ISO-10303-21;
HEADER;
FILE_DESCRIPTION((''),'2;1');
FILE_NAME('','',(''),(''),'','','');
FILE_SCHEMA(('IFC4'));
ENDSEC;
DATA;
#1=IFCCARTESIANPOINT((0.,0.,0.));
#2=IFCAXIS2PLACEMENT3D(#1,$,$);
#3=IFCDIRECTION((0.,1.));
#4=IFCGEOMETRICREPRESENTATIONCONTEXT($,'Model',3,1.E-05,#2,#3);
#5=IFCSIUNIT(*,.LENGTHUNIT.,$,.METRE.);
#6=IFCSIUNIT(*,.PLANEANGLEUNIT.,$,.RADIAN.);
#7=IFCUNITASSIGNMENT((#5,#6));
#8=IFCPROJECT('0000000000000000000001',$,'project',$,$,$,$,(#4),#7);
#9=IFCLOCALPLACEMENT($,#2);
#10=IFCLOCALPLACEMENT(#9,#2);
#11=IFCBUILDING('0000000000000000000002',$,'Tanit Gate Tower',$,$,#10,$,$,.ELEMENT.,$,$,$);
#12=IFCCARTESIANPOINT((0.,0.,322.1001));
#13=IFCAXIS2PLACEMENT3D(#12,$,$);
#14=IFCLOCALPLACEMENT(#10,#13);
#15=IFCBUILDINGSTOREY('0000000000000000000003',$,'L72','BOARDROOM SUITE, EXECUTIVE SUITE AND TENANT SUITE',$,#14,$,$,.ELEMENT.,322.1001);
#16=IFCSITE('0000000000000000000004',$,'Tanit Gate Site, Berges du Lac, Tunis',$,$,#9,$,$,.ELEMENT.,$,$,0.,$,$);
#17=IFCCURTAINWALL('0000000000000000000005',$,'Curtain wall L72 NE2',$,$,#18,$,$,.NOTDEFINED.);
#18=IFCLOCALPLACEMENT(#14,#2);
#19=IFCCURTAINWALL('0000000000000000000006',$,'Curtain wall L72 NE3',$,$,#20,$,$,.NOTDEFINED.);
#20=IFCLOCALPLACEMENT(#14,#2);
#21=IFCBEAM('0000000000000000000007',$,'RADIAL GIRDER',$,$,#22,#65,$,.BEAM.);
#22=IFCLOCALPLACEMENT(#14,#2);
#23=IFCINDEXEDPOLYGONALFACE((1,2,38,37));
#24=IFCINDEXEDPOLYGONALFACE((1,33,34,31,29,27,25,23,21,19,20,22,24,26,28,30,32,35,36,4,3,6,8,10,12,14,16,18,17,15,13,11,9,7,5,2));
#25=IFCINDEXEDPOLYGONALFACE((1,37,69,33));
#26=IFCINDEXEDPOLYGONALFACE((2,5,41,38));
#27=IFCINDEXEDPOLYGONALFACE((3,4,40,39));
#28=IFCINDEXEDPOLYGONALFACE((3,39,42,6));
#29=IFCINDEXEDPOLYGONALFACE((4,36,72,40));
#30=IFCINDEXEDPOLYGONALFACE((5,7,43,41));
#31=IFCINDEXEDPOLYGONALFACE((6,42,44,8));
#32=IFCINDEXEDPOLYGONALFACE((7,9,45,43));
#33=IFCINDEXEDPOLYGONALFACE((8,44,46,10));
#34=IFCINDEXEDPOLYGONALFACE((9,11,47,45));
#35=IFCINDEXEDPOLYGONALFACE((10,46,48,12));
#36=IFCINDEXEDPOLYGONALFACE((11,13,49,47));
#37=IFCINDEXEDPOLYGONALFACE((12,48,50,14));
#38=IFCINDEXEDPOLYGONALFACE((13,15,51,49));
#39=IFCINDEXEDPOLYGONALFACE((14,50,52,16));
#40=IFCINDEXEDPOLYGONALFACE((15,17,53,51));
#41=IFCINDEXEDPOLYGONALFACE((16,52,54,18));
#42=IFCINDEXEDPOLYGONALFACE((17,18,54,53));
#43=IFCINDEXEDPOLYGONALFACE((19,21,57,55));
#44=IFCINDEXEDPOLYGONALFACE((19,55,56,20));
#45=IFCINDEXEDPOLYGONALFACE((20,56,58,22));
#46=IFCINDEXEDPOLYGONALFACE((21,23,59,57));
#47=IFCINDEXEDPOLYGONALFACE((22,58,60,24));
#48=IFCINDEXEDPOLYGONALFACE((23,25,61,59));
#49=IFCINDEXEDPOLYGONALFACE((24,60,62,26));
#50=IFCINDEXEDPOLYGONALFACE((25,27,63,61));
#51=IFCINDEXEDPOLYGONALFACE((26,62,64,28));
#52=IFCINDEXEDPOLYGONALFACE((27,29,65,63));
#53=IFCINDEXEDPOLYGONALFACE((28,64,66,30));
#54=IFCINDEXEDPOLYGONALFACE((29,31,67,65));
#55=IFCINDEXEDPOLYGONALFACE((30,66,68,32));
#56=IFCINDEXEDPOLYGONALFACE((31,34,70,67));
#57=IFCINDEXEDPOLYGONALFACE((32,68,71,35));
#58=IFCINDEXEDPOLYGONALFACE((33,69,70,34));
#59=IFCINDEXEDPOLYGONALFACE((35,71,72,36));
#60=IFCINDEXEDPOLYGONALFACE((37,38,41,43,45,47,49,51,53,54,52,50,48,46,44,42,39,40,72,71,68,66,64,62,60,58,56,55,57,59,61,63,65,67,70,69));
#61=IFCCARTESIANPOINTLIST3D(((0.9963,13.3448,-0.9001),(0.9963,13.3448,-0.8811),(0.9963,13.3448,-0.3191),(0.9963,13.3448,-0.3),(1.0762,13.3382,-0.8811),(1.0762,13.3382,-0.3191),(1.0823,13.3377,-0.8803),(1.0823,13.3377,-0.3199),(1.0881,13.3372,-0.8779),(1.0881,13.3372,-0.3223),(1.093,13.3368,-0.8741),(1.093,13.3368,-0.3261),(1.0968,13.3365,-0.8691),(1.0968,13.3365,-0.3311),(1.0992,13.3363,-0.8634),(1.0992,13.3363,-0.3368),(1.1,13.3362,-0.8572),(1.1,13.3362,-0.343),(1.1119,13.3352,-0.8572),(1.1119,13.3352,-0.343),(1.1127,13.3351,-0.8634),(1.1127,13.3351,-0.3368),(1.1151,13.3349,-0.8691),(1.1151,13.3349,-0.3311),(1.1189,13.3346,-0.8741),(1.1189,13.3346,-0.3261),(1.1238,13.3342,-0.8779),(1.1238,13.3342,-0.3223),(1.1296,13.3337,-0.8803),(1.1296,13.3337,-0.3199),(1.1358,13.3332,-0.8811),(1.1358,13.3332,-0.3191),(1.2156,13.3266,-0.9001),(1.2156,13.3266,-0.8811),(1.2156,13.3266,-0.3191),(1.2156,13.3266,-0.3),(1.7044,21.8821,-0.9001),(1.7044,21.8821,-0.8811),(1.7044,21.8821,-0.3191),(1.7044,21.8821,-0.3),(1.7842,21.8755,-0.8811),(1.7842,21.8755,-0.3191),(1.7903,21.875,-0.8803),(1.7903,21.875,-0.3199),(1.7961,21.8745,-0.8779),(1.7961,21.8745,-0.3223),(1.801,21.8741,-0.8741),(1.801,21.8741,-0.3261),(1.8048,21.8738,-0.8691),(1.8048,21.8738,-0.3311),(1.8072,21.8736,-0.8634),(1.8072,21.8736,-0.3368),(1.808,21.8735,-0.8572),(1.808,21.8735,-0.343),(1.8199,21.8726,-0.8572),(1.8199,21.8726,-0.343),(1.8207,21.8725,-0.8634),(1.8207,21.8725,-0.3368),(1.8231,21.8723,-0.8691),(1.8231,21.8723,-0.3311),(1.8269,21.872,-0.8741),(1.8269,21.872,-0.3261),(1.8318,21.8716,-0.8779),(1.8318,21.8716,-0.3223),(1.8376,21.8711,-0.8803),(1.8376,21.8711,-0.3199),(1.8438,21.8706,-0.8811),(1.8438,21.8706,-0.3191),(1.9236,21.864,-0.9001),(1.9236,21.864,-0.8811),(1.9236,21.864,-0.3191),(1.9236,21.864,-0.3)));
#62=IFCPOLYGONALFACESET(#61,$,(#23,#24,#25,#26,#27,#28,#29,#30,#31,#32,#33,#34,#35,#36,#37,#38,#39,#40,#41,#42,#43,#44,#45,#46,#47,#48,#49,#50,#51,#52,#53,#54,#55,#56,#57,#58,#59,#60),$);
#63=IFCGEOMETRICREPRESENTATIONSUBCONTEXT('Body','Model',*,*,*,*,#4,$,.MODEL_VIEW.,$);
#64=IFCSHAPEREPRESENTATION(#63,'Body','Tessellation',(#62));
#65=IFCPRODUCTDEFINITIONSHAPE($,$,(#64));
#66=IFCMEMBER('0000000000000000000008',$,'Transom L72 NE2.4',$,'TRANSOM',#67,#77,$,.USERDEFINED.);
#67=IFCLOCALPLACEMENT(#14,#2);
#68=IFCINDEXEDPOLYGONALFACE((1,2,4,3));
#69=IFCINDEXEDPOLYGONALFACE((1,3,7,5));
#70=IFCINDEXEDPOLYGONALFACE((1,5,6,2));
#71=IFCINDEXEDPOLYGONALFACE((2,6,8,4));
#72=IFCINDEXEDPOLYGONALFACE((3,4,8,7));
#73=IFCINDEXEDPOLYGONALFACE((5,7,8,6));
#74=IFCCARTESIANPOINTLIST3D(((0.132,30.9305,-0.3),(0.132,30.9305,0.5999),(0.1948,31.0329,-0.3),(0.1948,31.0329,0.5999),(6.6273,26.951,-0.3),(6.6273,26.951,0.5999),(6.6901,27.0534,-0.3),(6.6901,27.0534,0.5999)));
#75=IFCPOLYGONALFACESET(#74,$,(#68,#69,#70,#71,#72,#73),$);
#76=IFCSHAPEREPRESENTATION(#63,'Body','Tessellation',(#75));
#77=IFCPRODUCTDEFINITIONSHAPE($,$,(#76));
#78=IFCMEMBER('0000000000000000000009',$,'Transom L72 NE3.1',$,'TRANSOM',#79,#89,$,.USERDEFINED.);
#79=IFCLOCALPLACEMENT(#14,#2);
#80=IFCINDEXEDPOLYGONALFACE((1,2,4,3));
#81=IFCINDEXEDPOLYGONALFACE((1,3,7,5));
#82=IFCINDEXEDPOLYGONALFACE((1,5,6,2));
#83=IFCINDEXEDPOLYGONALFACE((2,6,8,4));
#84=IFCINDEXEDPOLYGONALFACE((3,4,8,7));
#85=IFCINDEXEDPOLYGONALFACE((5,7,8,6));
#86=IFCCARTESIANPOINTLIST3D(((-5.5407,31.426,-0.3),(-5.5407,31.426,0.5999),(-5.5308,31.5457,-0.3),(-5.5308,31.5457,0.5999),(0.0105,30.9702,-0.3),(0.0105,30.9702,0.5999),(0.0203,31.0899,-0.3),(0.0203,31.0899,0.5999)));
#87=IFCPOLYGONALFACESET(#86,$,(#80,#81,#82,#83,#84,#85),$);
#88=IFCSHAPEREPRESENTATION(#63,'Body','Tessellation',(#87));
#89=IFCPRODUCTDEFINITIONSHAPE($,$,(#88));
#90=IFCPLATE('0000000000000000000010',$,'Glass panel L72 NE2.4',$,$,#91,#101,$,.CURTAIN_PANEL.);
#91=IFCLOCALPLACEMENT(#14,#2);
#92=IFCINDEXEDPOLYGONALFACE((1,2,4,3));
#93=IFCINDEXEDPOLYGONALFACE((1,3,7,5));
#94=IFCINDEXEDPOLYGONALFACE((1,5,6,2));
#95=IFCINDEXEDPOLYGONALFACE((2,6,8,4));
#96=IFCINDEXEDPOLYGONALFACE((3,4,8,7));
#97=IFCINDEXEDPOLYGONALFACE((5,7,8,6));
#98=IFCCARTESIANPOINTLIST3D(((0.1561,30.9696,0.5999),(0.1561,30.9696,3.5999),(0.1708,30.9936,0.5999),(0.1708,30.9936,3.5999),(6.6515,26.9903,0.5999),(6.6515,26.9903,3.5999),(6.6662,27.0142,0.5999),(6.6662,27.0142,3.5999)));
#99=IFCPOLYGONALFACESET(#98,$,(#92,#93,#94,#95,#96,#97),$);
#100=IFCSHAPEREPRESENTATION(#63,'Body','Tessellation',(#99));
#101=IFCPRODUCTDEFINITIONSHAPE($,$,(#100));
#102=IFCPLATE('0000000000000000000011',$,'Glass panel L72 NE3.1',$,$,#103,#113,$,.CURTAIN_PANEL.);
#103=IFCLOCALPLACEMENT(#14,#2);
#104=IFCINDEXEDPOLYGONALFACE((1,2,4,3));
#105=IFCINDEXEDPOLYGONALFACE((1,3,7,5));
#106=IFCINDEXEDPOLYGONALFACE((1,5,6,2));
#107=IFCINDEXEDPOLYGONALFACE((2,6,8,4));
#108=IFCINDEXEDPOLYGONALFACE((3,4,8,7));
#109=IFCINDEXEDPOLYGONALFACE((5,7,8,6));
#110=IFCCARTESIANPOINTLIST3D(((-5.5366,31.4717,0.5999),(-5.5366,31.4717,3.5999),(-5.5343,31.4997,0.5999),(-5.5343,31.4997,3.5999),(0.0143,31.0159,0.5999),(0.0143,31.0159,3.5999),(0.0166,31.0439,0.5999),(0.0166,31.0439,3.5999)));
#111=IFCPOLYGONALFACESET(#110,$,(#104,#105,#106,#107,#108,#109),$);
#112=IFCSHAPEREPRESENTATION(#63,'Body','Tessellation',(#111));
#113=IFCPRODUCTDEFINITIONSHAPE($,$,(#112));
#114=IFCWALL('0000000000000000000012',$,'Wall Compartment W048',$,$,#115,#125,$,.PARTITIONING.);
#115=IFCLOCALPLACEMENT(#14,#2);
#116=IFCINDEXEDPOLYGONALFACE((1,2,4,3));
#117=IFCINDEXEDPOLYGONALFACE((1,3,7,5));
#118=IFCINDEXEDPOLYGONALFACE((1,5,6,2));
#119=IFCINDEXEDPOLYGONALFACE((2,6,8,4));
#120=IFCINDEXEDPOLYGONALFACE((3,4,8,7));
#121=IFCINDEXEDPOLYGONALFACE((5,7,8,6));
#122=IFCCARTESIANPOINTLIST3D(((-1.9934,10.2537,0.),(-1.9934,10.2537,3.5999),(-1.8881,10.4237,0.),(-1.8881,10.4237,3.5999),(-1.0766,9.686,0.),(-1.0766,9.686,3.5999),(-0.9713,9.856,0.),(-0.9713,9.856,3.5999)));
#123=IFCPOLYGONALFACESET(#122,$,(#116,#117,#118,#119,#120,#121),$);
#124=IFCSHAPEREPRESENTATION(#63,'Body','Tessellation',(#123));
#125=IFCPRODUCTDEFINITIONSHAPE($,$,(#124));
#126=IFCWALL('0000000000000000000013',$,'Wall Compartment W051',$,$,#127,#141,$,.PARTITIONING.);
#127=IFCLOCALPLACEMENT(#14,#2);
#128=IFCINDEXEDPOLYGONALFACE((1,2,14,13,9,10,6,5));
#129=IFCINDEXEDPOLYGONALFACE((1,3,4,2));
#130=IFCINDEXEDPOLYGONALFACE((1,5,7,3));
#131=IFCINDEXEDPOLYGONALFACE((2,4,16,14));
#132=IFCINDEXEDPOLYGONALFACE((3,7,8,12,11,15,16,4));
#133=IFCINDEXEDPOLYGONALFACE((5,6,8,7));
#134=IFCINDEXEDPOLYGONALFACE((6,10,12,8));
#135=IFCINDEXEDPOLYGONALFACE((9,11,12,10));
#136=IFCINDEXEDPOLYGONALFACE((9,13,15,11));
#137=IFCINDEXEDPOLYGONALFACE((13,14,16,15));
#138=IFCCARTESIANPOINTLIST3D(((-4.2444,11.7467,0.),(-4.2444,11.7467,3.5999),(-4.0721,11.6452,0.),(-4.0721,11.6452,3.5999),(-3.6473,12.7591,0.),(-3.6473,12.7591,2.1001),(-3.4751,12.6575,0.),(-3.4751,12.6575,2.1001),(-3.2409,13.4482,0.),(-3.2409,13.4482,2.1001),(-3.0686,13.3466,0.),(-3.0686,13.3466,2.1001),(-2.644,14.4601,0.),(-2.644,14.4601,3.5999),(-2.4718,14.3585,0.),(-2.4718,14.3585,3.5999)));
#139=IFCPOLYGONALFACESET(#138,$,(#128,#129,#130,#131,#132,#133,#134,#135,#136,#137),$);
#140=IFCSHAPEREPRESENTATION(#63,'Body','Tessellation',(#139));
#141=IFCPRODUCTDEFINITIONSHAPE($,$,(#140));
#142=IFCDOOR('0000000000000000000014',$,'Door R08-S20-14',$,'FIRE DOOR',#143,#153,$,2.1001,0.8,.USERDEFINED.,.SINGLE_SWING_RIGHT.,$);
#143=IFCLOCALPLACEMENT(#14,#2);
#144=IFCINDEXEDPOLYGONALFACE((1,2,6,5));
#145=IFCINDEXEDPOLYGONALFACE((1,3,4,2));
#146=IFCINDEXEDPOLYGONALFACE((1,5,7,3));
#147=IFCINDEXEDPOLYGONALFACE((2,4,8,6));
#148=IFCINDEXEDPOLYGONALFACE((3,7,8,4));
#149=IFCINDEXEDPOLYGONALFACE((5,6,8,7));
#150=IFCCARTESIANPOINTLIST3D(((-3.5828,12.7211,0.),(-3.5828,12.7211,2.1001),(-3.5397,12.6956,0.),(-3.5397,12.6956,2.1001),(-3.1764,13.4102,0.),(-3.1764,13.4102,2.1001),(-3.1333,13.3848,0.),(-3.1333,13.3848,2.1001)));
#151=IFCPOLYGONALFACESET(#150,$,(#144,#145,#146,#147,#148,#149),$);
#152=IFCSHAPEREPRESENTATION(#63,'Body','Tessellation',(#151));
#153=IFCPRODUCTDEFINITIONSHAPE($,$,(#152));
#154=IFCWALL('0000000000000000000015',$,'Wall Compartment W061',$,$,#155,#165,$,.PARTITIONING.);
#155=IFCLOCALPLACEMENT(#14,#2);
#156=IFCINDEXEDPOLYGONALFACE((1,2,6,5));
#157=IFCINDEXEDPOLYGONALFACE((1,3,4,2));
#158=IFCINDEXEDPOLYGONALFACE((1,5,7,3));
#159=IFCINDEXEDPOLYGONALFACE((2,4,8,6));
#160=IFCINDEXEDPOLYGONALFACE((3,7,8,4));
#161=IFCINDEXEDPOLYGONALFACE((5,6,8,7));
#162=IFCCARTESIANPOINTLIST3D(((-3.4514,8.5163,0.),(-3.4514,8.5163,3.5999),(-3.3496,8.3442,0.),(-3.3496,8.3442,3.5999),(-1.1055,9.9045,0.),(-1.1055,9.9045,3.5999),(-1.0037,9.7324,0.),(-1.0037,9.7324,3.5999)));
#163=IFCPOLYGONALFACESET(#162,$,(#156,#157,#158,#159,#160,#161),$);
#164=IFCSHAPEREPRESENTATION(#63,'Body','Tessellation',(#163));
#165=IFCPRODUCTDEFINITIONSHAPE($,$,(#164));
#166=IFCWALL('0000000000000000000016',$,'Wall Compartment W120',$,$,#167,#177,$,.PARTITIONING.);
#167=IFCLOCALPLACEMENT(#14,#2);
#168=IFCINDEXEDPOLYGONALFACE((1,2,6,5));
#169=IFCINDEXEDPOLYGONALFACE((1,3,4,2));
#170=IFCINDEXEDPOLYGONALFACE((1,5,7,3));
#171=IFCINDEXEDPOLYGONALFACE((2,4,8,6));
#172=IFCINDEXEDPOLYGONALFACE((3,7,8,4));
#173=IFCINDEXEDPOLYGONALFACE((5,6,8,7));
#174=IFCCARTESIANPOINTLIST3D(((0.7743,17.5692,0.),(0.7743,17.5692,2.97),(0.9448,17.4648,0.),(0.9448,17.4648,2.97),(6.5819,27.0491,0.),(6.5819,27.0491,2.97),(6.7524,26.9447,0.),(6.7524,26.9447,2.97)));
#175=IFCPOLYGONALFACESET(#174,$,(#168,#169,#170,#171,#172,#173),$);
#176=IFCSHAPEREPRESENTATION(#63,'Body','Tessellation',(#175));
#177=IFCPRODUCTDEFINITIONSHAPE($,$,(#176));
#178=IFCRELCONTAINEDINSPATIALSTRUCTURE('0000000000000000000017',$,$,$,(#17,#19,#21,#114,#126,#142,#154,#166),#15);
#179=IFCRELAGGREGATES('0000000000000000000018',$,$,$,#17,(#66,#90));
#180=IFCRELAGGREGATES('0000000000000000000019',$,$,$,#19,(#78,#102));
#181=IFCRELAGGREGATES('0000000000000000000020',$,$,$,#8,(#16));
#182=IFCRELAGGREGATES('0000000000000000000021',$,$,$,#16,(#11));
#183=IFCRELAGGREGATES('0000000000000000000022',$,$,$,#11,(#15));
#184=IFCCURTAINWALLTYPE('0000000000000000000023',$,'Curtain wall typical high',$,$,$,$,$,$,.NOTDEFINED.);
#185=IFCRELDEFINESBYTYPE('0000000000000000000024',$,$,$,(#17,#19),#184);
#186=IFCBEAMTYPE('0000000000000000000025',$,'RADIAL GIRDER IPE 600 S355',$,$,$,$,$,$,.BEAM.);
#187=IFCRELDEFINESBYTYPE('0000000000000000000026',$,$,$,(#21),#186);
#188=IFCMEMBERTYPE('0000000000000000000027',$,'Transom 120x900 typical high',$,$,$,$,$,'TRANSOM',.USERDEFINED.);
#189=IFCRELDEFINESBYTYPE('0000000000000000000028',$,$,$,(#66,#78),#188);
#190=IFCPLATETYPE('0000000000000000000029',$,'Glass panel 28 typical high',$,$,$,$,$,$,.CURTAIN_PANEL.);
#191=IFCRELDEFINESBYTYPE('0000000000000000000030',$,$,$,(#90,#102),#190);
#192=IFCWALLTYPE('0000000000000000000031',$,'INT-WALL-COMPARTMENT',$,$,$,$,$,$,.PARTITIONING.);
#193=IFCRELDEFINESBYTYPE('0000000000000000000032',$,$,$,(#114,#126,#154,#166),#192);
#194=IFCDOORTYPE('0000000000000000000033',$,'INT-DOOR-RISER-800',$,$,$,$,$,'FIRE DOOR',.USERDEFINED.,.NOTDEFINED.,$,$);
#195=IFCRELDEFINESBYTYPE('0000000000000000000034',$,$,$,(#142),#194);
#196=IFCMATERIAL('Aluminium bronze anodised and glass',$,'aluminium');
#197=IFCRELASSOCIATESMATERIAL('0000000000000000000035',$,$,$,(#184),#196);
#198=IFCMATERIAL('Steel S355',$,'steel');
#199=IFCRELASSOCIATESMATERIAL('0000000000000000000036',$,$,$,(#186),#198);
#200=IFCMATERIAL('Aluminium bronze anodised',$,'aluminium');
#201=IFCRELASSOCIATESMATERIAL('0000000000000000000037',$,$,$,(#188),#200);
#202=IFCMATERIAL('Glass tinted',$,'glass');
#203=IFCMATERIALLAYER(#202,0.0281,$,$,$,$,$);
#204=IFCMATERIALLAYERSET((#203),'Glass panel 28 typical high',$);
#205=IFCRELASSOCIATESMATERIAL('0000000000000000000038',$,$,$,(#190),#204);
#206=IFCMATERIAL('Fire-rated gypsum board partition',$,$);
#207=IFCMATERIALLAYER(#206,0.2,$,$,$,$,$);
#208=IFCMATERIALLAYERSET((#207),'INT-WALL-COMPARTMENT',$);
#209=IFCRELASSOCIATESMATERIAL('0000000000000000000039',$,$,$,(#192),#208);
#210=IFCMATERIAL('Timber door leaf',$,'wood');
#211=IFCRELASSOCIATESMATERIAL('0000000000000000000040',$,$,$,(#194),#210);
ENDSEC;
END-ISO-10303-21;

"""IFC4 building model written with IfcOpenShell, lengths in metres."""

from ifc_helpers import new_model, si_unit, direction, frame, frame_2d, origin, origin_2d, place, context, subcontext, project, spatial, rectangle, i_section, extrude, material, layer, layer_set, material_profile, profile_set, type_object, element, fill, aggregate, save


model = new_model("IFC4")

# Units and contexts
model_context = context("Model", 3, precision=1e-05, world=origin(), true_north=direction((0.0, 1.0)))
body_context = subcontext(model_context, "Body", "Model", "MODEL_VIEW")
ifc_project = project(units=[si_unit("LENGTHUNIT", "METRE"), si_unit("PLANEANGLEUNIT", "RADIAN")], contexts=[model_context])

# Site, building, storey
site_placement = place(None, origin())
site = spatial("IfcSite", under=ifc_project, at=site_placement, Name="Tanit Gate Site, Berges du Lac, Tunis", CompositionType="ELEMENT", RefElevation=0.0)
building_placement = place(site_placement, origin())
building = spatial("IfcBuilding", under=site, at=building_placement, Name="Tanit Gate Tower", CompositionType="ELEMENT")
storey_placement = place(building_placement, frame((0.0, 0.0, 322.1001)))
storey = spatial("IfcBuildingStorey", under=building, at=storey_placement, Name="L72", Description="BOARDROOM SUITE, EXECUTIVE SUITE AND TENANT SUITE", CompositionType="ELEMENT", Elevation=322.1001)

# Curtain walls
ifc_material_1 = material(Name="Aluminium bronze anodised and glass", Category="aluminium")
curtain_wall_type = type_object("IfcCurtainWallType", Name="Curtain wall typical high", PredefinedType="NOTDEFINED", material=ifc_material_1)
curtain_wall_1_placement = place(storey_placement, origin())
curtain_wall_1 = element("IfcCurtainWall", 1, at=curtain_wall_1_placement, inside=storey, type_object=curtain_wall_type, Name="Curtain wall L72 NE2", PredefinedType="NOTDEFINED")
curtain_wall_2_placement = place(storey_placement, origin())
curtain_wall_2 = element("IfcCurtainWall", 2, at=curtain_wall_2_placement, inside=storey, type_object=curtain_wall_type, Name="Curtain wall L72 NE3", PredefinedType="NOTDEFINED")

# Beam
ifc_material_2 = material(Name="Steel S355", Category="steel")
ifc_material_profile_1 = material_profile(ifc_material_2, i_section(OverallWidth=0.22, OverallDepth=0.6001, WebThickness=0.012, FlangeThickness=0.019, FilletRadius=0.0239, at=origin_2d()), Name="IPE 600")
ifc_profile_set_1 = profile_set([ifc_material_profile_1], Name="Steel S355")
beam_type_1 = type_object("IfcBeamType", Name="RADIAL GIRDER IPE 600 S355", PredefinedType="BEAM", material=ifc_profile_set_1)
beam_1_placement = place(storey_placement, frame((1.814, 21.873, -0.6001), z_axis=(-0.082647, -0.996579, 0.0), x_axis=(0.996579, -0.082647, 0.0)))
element("IfcBeam", 3, at=beam_1_placement, inside=storey, type_object=beam_type_1, Name="RADIAL GIRDER", PredefinedType="BEAM", context=body_context, shape_type="SweptSolid", body=[
    extrude(i_section(OverallWidth=0.22, OverallDepth=0.6001, WebThickness=0.012, FlangeThickness=0.019, FilletRadius=0.0239, at=origin_2d()), origin(), (0.0, 0.0, 1.0), 8.5667),
])

# Members
ifc_material_3 = material(Name="Aluminium bronze anodised", Category="aluminium")
ifc_material_profile_2 = material_profile(ifc_material_3, rectangle(XDim=0.1201, YDim=0.8999, at=origin_2d()), Name="120x900 bronze transom")
ifc_profile_set_2 = profile_set([ifc_material_profile_2], Name="Aluminium bronze anodised")
member_type_1 = type_object("IfcMemberType", Name="Transom 120x900 typical high", ElementType="TRANSOM", PredefinedType="USERDEFINED", material=ifc_profile_set_2)
member_1_placement = place(storey_placement, frame((6.6587, 27.0022, 0.1499), z_axis=(-0.852691, 0.522415, 0.0), x_axis=(-0.522415, -0.852691, 0.0)))
member_1 = element("IfcMember", 4, at=member_1_placement, type_object=member_type_1, Name="Transom L72 NE2.4", ObjectType="TRANSOM", PredefinedType="USERDEFINED", context=body_context, shape_type="SweptSolid", body=[
    extrude(rectangle(XDim=0.1201, YDim=0.8999, at=origin_2d()), origin(), (0.0, 0.0, 1.0), 7.6174),
])
member_2_placement = place(storey_placement, frame((0.0154, 31.03, 0.1499), z_axis=(-0.996646, 0.081837, 0.0), x_axis=(-0.081837, -0.996646, 0.0)))
member_2 = element("IfcMember", 5, at=member_2_placement, type_object=member_type_1, Name="Transom L72 NE3.1", ObjectType="TRANSOM", PredefinedType="USERDEFINED", context=body_context, shape_type="SweptSolid", body=[
    extrude(rectangle(XDim=0.1201, YDim=0.8999, at=origin_2d()), origin(), (0.0, 0.0, 1.0), 5.5698),
])

# Plates
ifc_material_4 = material(Name="Glass tinted", Category="glass")
ifc_layer_1 = layer(ifc_material_4, 0.0281)
ifc_layer_set_1 = layer_set([ifc_layer_1], Name="Glass panel 28 typical high")
plate_type = type_object("IfcPlateType", Name="Glass panel 28 typical high", PredefinedType="CURTAIN_PANEL", material=ifc_layer_set_1)
plate_1_placement = place(storey_placement, frame((3.4111, 28.9919, 0.5999), z_axis=(0.0, 0.0, 1.0), x_axis=(-0.8527, 0.522401, 0.0)))
plate_1 = element("IfcPlate", 6, at=plate_1_placement, type_object=plate_type, Name="Glass panel L72 NE2.4", PredefinedType="CURTAIN_PANEL", context=body_context, shape_type="SweptSolid", body=[
    extrude(rectangle(XDim=7.6174, YDim=0.0281, at=origin_2d()), origin(), (0.0, 0.0, 1.0), 3.0),
])
aggregate(curtain_wall_1, [member_1, plate_1])
plate_2_placement = place(storey_placement, frame((-2.76, 31.2578, 0.5999), z_axis=(0.0, 0.0, 1.0), x_axis=(-0.996646, 0.08183, 0.0)))
plate_2 = element("IfcPlate", 7, at=plate_2_placement, type_object=plate_type, Name="Glass panel L72 NE3.1", PredefinedType="CURTAIN_PANEL", context=body_context, shape_type="SweptSolid", body=[
    extrude(rectangle(XDim=5.5696, YDim=0.0281, at=origin_2d()), origin(), (0.0, 0.0, 1.0), 3.0),
])
aggregate(curtain_wall_2, [member_2, plate_2])

# Wall
ifc_material_5 = material(Name="Fire-rated gypsum board partition")
ifc_layer_2 = layer(ifc_material_5, 0.2)
ifc_layer_set_2 = layer_set([ifc_layer_2], Name="INT-WALL-COMPARTMENT")
wall_type_1 = type_object("IfcWallType", Name="INT-WALL-COMPARTMENT", PredefinedType="PARTITIONING", material=ifc_layer_set_2)
wall_1_placement = place(storey_placement, frame((-1.9407, 10.3386, 0.0), z_axis=(0.0, 0.0, 1.0), x_axis=(0.850217, -0.526433, 0.0)))
element("IfcWall", 8, at=wall_1_placement, inside=storey, type_object=wall_type_1, Name="Wall Compartment W048", PredefinedType="PARTITIONING", context=body_context, shape_type="SweptSolid", body=[
    extrude(rectangle(XDim=1.0784, YDim=0.2, at=frame_2d((0.5391, 0.0))), origin(), (0.0, 0.0, 1.0), 3.5999),
])

# Wall, opening, door
wall_2_placement = place(storey_placement, frame((-2.5579, 14.4094, 0.0), z_axis=(0.0, 0.0, 1.0), x_axis=(-0.508019, -0.861346, 0.0)))
wall_2 = element("IfcWall", 9, at=wall_2_placement, inside=storey, type_object=wall_type_1, Name="Wall Compartment W051", PredefinedType="PARTITIONING", context=body_context, shape_type="SweptSolid", body=[
    extrude(rectangle(XDim=3.1501, YDim=0.2, at=frame_2d((1.5752, 0.0))), origin(), (0.0, 0.0, 1.0), 3.5999),
])
opening_1_placement = place(wall_2_placement, frame((1.175, 0.0, 0.0)))
opening_1 = element("IfcOpeningElement", 10, at=opening_1_placement, cuts=wall_2, PredefinedType="OPENING", context=body_context, shape_type="SweptSolid", body=[
    extrude(rectangle(XDim=0.8, YDim=2.1001, at=frame_2d((0.3999, 1.05))), frame((0.0, 0.1099, 0.0), z_axis=(0.0, -1.0, 0.0), x_axis=(1.0, 0.0, 0.0)), (0.0, 0.0, 1.0), 0.22),
])
ifc_material_6 = material(Name="Timber door leaf", Category="wood")
door_type = type_object("IfcDoorType", Name="INT-DOOR-RISER-800", ElementType="FIRE DOOR", OperationType="NOTDEFINED", PredefinedType="USERDEFINED", material=ifc_material_6)
door_1_placement = place(opening_1_placement, origin())
door_1 = element("IfcDoor", 11, at=door_1_placement, inside=storey, type_object=door_type, Name="Door R08-S20-14", ObjectType="FIRE DOOR", OperationType="SINGLE_SWING_RIGHT", OverallHeight=2.1001, OverallWidth=0.8, PredefinedType="USERDEFINED", context=body_context, shape_type="SweptSolid", body=[
    extrude(rectangle(XDim=0.8, YDim=2.1001, at=frame_2d((0.3999, 1.05))), frame((0.0, 0.0249, 0.0), z_axis=(0.0, -1.0, 0.0), x_axis=(1.0, 0.0, 0.0)), (0.0, 0.0, 1.0), 0.05),
])
fill(opening_1, door_1)

# Walls
wall_3_placement = place(storey_placement, frame((-1.0547, 9.8184, 0.0), z_axis=(0.0, 0.0, 1.0), x_axis=(-0.860614, -0.509257, 0.0)))
element("IfcWall", 12, at=wall_3_placement, inside=storey, type_object=wall_type_1, Name="Wall Compartment W061", PredefinedType="PARTITIONING", context=body_context, shape_type="SweptSolid", body=[
    extrude(rectangle(XDim=2.7258, YDim=0.2, at=frame_2d((1.3628, 0.0))), origin(), (0.0, 0.0, 1.0), 3.5999),
])
wall_4_placement = place(storey_placement, frame((0.8596, 17.5171, 0.0), z_axis=(0.0, 0.0, 1.0), x_axis=(0.522386, 0.852709, 0.0)))
element("IfcWall", 13, at=wall_4_placement, inside=storey, type_object=wall_type_1, Name="Wall Compartment W120", PredefinedType="PARTITIONING", context=body_context, shape_type="SweptSolid", body=[
    extrude(rectangle(XDim=11.1174, YDim=0.2, at=frame_2d((5.5586, 0.0))), origin(), (0.0, 0.0, 1.0), 2.97),
])

save(model, "model.ifc")
